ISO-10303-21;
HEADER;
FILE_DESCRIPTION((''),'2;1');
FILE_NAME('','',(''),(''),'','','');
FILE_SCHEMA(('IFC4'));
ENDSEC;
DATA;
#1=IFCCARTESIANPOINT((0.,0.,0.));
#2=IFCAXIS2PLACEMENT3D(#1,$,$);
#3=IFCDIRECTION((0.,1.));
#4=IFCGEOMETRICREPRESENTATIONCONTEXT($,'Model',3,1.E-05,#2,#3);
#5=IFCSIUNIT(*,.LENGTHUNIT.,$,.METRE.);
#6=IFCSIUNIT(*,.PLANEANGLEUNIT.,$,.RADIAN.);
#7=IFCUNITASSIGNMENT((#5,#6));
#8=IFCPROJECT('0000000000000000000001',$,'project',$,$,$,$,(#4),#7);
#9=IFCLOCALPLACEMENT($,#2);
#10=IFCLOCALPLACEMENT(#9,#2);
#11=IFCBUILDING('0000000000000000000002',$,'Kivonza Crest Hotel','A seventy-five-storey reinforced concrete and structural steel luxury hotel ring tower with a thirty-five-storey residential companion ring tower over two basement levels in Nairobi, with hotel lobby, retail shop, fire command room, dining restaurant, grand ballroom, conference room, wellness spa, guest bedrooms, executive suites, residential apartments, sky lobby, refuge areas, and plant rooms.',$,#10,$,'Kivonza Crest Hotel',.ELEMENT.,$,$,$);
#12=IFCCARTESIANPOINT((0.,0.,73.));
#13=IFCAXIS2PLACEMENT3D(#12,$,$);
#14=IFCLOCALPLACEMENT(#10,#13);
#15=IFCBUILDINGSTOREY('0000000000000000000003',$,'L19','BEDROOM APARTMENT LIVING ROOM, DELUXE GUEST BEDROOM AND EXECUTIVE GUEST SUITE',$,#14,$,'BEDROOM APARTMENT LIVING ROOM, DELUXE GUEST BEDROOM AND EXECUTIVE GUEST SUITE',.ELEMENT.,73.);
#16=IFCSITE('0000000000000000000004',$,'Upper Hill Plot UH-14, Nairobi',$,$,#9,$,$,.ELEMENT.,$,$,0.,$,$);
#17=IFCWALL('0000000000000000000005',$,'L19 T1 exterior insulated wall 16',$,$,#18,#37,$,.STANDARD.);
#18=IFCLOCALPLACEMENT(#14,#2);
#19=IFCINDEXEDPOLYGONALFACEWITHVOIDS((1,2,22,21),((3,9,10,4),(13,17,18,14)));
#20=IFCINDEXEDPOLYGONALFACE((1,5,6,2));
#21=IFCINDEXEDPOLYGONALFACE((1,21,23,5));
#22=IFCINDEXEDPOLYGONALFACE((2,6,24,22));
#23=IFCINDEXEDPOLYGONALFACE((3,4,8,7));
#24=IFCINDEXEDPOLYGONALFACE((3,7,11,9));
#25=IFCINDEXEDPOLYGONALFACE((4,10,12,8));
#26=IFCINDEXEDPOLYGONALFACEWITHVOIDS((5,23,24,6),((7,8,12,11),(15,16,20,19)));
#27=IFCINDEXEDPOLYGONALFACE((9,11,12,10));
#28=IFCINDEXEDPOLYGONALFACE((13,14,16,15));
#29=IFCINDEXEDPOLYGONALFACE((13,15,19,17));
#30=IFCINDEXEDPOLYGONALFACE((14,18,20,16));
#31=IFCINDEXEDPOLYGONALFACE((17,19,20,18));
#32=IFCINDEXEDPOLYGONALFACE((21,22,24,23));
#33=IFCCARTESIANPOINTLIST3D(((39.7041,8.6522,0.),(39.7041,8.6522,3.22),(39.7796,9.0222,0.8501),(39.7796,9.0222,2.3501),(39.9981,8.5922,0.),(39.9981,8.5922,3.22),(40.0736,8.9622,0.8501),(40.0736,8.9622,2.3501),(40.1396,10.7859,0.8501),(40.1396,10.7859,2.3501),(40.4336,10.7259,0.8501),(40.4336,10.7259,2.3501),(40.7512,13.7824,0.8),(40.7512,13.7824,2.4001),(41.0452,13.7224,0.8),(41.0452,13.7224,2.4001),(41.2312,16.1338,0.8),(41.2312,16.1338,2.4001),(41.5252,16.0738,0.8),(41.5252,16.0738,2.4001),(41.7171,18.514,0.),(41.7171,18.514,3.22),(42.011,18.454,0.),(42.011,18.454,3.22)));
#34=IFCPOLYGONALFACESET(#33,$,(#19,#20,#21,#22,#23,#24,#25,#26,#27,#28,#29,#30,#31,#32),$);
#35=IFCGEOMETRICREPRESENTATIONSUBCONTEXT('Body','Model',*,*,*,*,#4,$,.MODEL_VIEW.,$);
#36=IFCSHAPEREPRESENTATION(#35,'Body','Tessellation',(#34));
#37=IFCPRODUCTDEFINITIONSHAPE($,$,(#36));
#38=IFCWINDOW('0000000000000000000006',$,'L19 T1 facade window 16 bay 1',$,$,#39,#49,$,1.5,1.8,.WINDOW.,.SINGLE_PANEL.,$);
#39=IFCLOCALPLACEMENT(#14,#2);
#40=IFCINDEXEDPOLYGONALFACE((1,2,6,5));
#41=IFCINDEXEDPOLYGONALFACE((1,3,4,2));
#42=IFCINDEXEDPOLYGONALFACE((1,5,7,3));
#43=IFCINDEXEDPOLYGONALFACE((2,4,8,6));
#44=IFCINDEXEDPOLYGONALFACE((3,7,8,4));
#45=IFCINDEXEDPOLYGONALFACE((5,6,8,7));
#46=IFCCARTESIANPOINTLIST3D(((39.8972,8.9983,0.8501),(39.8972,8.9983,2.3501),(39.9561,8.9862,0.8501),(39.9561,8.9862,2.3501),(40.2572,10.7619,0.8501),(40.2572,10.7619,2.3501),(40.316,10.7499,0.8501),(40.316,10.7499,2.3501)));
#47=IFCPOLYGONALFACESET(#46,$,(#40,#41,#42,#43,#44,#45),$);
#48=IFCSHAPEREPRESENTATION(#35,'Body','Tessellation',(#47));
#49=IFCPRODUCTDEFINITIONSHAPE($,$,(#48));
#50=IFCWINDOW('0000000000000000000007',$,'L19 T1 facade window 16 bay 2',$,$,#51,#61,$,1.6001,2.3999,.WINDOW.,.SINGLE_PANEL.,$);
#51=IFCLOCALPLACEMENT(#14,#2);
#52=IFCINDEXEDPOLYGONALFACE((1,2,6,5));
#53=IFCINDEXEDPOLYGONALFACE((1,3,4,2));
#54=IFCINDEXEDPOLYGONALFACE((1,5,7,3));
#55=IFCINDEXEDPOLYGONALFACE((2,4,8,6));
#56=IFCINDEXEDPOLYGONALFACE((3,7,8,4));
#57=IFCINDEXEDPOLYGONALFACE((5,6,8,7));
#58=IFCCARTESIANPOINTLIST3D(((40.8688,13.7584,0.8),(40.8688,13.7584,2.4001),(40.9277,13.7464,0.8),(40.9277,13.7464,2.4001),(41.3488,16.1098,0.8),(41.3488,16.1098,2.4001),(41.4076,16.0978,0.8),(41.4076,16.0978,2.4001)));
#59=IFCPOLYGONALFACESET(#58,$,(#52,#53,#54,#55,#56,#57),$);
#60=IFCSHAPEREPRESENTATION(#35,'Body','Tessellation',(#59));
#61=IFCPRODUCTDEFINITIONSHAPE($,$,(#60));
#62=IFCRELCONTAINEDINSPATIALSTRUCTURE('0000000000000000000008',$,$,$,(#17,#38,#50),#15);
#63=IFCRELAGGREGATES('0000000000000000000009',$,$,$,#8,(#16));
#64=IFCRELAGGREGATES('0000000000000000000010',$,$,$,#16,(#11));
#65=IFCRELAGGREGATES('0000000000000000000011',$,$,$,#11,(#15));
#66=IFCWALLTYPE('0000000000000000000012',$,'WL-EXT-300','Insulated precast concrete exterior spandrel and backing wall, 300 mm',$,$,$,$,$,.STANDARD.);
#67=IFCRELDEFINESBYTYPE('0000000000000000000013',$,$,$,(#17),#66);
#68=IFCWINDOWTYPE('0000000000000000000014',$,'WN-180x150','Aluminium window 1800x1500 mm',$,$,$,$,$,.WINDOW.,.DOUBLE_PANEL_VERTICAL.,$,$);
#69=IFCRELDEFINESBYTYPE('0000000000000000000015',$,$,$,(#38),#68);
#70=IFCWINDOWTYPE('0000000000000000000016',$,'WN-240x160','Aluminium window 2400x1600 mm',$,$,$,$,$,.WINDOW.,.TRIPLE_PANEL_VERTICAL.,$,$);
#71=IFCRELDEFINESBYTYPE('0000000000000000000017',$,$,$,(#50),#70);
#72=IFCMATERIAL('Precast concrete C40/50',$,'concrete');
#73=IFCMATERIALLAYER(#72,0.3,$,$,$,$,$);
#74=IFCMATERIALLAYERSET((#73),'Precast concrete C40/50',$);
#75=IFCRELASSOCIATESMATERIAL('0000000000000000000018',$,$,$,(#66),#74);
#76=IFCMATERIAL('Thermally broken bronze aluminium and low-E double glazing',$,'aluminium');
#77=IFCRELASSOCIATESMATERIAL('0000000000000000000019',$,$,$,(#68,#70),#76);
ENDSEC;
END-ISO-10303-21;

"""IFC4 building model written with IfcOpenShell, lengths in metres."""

from ifc_helpers import new_model, si_unit, direction, frame, frame_2d, origin, place, context, subcontext, project, spatial, rectangle, extrude, material, layer, layer_set, type_object, element, fill, save


model = new_model("IFC4")

# Units and contexts
model_context = context("Model", 3, precision=1e-05, world=origin(), true_north=direction((0.0, 1.0)))
body_context = subcontext(model_context, "Body", "Model", "MODEL_VIEW")
ifc_project = project(units=[si_unit("LENGTHUNIT", "METRE"), si_unit("PLANEANGLEUNIT", "RADIAN")], contexts=[model_context])

# Site, building, storey
site_placement = place(None, origin())
site = spatial("IfcSite", under=ifc_project, at=site_placement, Name="Upper Hill Plot UH-14, Nairobi", CompositionType="ELEMENT", RefElevation=0.0)
building_placement = place(site_placement, origin())
building = spatial("IfcBuilding", under=site, at=building_placement, Name="Kivonza Crest Hotel", Description="A seventy-five-storey reinforced concrete and structural steel luxury hotel ring tower with a thirty-five-storey residential companion ring tower over two basement levels in Nairobi, with hotel lobby, retail shop, fire command room, dining restaurant, grand ballroom, conference room, wellness spa, guest bedrooms, executive suites, residential apartments, sky lobby, refuge areas, and plant rooms.", LongName="Kivonza Crest Hotel", CompositionType="ELEMENT")
storey_placement = place(building_placement, frame((0.0, 0.0, 73.0)))
storey = spatial("IfcBuildingStorey", under=building, at=storey_placement, Name="L19", Description="BEDROOM APARTMENT LIVING ROOM, DELUXE GUEST BEDROOM AND EXECUTIVE GUEST SUITE", LongName="BEDROOM APARTMENT LIVING ROOM, DELUXE GUEST BEDROOM AND EXECUTIVE GUEST SUITE", CompositionType="ELEMENT", Elevation=73.0)

# Shared definitions
ifc_material_1 = material(Name="Precast concrete C40/50", Category="concrete")
ifc_layer_1 = layer(ifc_material_1, 0.3)
ifc_layer_set_1 = layer_set([ifc_layer_1], Name="Precast concrete C40/50")
wall_type_1 = type_object("IfcWallType", Name="WL-EXT-300", Description="Insulated precast concrete exterior spandrel and backing wall, 300 mm", PredefinedType="STANDARD", material=ifc_layer_set_1)

# Wall, openings, windows
wall_1_placement = place(storey_placement, frame((39.8511, 8.6221, 0.0), z_axis=(0.0, 0.0, 1.0), x_axis=(0.199991, 0.979798, 0.0)))
wall_1 = element("IfcWall", 1, at=wall_1_placement, inside=storey, type_object=wall_type_1, Name="L19 T1 exterior insulated wall 16", PredefinedType="STANDARD", context=body_context, shape_type="SweptSolid", body=[
    extrude(rectangle(XDim=10.0652, YDim=0.3, at=frame_2d((5.0327, 0.0))), origin(), (0.0, 0.0, 1.0), 3.22),
])
opening_1_placement = place(wall_1_placement, frame((0.3779, 0.0, 0.8501)))
opening_1 = element("IfcOpeningElement", 2, at=opening_1_placement, cuts=wall_1, PredefinedType="OPENING", context=body_context, shape_type="SweptSolid", body=[
    extrude(rectangle(XDim=1.8, YDim=1.5, at=frame_2d((0.8999, 0.75))), frame((0.0, 0.1602, 0.0), z_axis=(0.0, -1.0, 0.0), x_axis=(1.0, 0.0, 0.0)), (0.0, 0.0, 1.0), 0.3201),
])
opening_2_placement = place(wall_1_placement, frame((5.2361, 0.0, 0.8)))
opening_2 = element("IfcOpeningElement", 3, at=opening_2_placement, cuts=wall_1, PredefinedType="OPENING", context=body_context, shape_type="SweptSolid", body=[
    extrude(rectangle(XDim=2.3999, YDim=1.6001, at=frame_2d((1.2, 0.8))), frame((0.0, 0.1602, 0.0), z_axis=(0.0, -1.0, 0.0), x_axis=(1.0, 0.0, 0.0)), (0.0, 0.0, 1.0), 0.3201),
])
ifc_material_2 = material(Name="Thermally broken bronze aluminium and low-E double glazing", Category="aluminium")
window_type_1 = type_object("IfcWindowType", Name="WN-180x150", Description="Aluminium window 1800x1500 mm", PartitioningType="DOUBLE_PANEL_VERTICAL", PredefinedType="WINDOW", material=ifc_material_2)
window_1_placement = place(opening_1_placement, origin())
window_1 = element("IfcWindow", 4, at=window_1_placement, inside=storey, type_object=window_type_1, Name="L19 T1 facade window 16 bay 1", OverallHeight=1.5, OverallWidth=1.8, PartitioningType="SINGLE_PANEL", PredefinedType="WINDOW", context=body_context, shape_type="SweptSolid", body=[
    extrude(rectangle(XDim=1.8, YDim=1.5, at=frame_2d((0.8999, 0.75))), frame((0.0, 0.03, 0.0), z_axis=(0.0, -1.0, 0.0), x_axis=(1.0, 0.0, 0.0)), (0.0, 0.0, 1.0), 0.0601),
])
fill(opening_1, window_1)
window_type_2 = type_object("IfcWindowType", Name="WN-240x160", Description="Aluminium window 2400x1600 mm", PartitioningType="TRIPLE_PANEL_VERTICAL", PredefinedType="WINDOW", material=ifc_material_2)
window_2_placement = place(opening_2_placement, origin())
window_2 = element("IfcWindow", 5, at=window_2_placement, inside=storey, type_object=window_type_2, Name="L19 T1 facade window 16 bay 2", OverallHeight=1.6001, OverallWidth=2.3999, PartitioningType="SINGLE_PANEL", PredefinedType="WINDOW", context=body_context, shape_type="SweptSolid", body=[
    extrude(rectangle(XDim=2.3999, YDim=1.6001, at=frame_2d((1.2, 0.8))), frame((0.0, 0.03, 0.0), z_axis=(0.0, -1.0, 0.0), x_axis=(1.0, 0.0, 0.0)), (0.0, 0.0, 1.0), 0.0601),
])
fill(opening_2, window_2)

save(model, "model.ifc")
